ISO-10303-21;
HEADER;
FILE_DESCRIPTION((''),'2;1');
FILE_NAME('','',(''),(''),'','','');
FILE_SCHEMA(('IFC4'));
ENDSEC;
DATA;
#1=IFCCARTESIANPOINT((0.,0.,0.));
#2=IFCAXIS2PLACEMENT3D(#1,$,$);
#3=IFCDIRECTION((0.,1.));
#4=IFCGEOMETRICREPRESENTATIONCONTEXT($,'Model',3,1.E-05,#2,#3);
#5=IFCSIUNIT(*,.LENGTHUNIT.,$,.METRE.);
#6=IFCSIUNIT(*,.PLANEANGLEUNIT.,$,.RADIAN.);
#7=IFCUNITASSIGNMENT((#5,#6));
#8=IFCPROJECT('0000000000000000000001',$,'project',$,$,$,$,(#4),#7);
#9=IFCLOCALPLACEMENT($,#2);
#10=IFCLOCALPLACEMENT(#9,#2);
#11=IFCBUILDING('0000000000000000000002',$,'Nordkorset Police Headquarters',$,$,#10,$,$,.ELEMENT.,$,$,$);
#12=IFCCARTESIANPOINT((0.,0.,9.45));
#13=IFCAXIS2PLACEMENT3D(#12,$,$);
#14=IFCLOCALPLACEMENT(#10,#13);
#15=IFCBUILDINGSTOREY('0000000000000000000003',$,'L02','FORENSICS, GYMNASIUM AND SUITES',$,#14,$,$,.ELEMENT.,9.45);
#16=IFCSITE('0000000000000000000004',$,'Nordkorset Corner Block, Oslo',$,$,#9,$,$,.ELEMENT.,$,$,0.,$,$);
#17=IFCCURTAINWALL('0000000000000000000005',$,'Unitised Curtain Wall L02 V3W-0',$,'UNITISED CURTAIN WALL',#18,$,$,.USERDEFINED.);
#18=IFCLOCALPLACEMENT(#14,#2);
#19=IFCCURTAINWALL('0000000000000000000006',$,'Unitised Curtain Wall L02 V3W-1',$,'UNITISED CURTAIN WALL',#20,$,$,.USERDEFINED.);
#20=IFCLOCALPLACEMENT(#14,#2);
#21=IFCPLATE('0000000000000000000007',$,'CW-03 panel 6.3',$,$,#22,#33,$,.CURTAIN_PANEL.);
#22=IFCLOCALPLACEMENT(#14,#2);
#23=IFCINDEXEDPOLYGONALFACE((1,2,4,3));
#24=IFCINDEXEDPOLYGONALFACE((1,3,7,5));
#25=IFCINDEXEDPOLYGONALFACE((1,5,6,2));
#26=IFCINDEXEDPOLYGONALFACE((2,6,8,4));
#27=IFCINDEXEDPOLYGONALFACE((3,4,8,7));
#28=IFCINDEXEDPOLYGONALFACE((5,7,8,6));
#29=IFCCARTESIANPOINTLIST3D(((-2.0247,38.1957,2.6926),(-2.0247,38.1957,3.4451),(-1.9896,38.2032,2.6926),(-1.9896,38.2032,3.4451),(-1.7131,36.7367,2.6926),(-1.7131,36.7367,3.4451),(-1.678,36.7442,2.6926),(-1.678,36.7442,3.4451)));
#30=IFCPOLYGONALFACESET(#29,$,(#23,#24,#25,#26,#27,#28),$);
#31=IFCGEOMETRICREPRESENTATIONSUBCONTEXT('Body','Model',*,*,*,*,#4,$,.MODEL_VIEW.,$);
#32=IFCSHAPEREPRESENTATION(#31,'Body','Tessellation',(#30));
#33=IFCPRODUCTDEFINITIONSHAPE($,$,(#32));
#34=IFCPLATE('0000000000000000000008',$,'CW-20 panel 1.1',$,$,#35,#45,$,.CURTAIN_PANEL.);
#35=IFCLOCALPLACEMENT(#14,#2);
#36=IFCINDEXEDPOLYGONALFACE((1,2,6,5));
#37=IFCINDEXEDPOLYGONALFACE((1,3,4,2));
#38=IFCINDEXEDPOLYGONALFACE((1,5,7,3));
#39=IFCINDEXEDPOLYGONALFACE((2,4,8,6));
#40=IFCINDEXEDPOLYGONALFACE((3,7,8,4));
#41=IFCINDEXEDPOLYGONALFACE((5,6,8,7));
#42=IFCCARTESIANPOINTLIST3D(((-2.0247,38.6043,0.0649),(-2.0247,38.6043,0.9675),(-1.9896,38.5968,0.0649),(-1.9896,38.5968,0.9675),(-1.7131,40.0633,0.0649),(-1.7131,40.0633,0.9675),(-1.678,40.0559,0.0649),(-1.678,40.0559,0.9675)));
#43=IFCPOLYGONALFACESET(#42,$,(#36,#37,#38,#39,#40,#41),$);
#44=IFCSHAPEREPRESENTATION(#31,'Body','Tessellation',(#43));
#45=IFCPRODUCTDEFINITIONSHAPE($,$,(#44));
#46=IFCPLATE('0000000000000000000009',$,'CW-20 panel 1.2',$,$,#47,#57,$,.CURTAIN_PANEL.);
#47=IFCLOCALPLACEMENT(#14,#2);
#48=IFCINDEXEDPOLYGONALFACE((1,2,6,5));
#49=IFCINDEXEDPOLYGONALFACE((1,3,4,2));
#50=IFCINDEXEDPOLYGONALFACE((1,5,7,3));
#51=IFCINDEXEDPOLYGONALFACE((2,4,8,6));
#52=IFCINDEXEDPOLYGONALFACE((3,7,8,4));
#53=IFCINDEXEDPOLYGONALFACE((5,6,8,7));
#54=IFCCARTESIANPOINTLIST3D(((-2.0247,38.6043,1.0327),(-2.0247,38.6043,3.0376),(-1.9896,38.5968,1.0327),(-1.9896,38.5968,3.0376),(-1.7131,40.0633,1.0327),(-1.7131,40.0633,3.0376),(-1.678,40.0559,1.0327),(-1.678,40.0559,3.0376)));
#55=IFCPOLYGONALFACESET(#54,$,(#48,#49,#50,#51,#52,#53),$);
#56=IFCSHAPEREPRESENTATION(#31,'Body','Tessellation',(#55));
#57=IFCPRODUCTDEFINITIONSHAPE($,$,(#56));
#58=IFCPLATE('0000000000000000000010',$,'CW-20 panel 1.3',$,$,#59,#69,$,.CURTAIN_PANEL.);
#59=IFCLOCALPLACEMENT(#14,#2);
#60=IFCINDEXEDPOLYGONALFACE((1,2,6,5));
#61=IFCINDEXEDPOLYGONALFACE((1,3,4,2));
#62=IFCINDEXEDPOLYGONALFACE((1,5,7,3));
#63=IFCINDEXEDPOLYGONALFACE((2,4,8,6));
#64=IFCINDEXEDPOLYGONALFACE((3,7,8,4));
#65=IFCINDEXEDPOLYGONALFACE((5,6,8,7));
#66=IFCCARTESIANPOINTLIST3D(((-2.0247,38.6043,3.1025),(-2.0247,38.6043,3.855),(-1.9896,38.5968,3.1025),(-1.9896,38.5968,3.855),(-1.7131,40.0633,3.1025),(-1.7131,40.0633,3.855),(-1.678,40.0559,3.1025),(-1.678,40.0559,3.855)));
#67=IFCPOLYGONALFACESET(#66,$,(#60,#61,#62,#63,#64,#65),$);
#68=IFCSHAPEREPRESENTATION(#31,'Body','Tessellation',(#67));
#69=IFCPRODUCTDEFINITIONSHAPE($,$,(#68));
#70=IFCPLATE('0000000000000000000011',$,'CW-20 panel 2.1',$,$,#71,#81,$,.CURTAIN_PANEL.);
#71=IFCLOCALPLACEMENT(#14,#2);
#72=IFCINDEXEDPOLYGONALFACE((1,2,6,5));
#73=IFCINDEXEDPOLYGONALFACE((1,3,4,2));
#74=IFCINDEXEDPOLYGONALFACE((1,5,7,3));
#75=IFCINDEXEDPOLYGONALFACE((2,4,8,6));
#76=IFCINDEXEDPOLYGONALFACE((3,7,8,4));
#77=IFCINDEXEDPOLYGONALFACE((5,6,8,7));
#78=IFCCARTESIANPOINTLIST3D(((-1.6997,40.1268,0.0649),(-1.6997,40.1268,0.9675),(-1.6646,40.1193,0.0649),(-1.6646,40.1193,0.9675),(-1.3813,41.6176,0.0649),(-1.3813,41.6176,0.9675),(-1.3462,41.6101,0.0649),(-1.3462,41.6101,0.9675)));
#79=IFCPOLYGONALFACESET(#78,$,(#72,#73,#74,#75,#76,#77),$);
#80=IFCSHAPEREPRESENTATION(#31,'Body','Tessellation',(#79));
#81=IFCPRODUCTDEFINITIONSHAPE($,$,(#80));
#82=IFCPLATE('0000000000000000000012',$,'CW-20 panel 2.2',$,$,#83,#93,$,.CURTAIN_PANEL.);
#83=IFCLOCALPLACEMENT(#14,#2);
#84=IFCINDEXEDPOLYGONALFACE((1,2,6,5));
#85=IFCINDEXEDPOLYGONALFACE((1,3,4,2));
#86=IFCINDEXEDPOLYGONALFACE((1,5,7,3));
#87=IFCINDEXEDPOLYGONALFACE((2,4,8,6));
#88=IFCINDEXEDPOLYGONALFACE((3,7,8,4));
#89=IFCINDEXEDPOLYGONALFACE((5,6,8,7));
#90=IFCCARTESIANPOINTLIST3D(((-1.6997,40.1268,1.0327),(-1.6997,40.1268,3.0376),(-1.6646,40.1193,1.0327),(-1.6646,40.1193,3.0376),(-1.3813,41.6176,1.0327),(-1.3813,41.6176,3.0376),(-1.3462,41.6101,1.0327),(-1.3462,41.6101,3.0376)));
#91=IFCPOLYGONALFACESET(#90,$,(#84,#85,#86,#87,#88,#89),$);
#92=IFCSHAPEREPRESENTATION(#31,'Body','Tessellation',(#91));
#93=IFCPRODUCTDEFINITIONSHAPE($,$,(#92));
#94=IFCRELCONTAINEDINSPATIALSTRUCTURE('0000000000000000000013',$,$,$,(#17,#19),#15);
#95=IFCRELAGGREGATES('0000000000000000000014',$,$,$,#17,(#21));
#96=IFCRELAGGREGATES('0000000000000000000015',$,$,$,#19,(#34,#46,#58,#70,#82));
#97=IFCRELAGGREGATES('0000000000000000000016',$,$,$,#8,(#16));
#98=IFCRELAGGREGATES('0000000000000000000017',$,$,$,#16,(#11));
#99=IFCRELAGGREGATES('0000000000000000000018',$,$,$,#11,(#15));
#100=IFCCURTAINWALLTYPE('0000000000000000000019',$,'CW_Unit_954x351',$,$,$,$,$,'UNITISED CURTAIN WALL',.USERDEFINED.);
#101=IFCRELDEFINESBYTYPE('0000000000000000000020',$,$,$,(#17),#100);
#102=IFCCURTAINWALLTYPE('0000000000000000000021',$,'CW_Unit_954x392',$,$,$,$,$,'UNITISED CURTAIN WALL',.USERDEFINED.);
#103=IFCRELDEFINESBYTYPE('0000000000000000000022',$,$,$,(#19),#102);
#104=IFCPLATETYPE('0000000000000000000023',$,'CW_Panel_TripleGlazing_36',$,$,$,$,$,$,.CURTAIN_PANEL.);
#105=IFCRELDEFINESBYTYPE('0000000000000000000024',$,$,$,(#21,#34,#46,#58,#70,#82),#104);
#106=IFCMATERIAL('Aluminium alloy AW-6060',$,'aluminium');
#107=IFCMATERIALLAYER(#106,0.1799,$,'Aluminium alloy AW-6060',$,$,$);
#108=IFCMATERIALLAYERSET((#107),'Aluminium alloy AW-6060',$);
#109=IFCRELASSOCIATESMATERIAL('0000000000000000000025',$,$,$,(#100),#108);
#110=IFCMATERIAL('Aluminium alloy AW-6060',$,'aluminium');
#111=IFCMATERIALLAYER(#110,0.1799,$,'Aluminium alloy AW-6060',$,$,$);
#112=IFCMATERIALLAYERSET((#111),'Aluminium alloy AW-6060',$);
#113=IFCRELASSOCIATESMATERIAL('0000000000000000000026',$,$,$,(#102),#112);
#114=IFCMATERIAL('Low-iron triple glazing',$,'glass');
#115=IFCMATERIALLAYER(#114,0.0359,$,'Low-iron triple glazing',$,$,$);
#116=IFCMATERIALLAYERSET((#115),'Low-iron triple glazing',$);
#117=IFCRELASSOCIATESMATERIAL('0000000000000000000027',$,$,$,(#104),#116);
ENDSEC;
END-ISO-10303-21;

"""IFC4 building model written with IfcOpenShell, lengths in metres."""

from ifc_helpers import new_model, si_unit, direction, frame, origin, origin_2d, place, context, subcontext, project, spatial, rectangle, extrude, material, layer, layer_set, type_object, element, aggregate, save


model = new_model("IFC4")

# Units and contexts
model_context = context("Model", 3, precision=1e-05, world=origin(), true_north=direction((0.0, 1.0)))
body_context = subcontext(model_context, "Body", "Model", "MODEL_VIEW")
ifc_project = project(units=[si_unit("LENGTHUNIT", "METRE"), si_unit("PLANEANGLEUNIT", "RADIAN")], contexts=[model_context])

# Site, building, storey
site_placement = place(None, origin())
site = spatial("IfcSite", under=ifc_project, at=site_placement, Name="Nordkorset Corner Block, Oslo", CompositionType="ELEMENT", RefElevation=0.0)
building_placement = place(site_placement, origin())
building = spatial("IfcBuilding", under=site, at=building_placement, Name="Nordkorset Police Headquarters", CompositionType="ELEMENT")
storey_placement = place(building_placement, frame((0.0, 0.0, 9.45)))
storey = spatial("IfcBuildingStorey", under=building, at=storey_placement, Name="L02", Description="FORENSICS, GYMNASIUM AND SUITES", CompositionType="ELEMENT", Elevation=9.45)

# Curtain wall
ifc_material_1 = material(Name="Aluminium alloy AW-6060", Category="aluminium")
ifc_layer_1 = layer(ifc_material_1, 0.1799, Name="Aluminium alloy AW-6060")
ifc_layer_set_1 = layer_set([ifc_layer_1], Name="Aluminium alloy AW-6060")
curtain_wall_type_1 = type_object("IfcCurtainWallType", Name="CW_Unit_954x351", ElementType="UNITISED CURTAIN WALL", PredefinedType="USERDEFINED", material=ifc_layer_set_1)
curtain_wall_1_placement = place(storey_placement, origin())
curtain_wall_1 = element("IfcCurtainWall", 1, at=curtain_wall_1_placement, inside=storey, type_object=curtain_wall_type_1, Name="Unitised Curtain Wall L02 V3W-0", ObjectType="UNITISED CURTAIN WALL", PredefinedType="USERDEFINED")

# Curtain wall
ifc_material_2 = material(Name="Aluminium alloy AW-6060", Category="aluminium")
ifc_layer_2 = layer(ifc_material_2, 0.1799, Name="Aluminium alloy AW-6060")
ifc_layer_set_2 = layer_set([ifc_layer_2], Name="Aluminium alloy AW-6060")
curtain_wall_type_2 = type_object("IfcCurtainWallType", Name="CW_Unit_954x392", ElementType="UNITISED CURTAIN WALL", PredefinedType="USERDEFINED", material=ifc_layer_set_2)
curtain_wall_2_placement = place(storey_placement, origin())
curtain_wall_2 = element("IfcCurtainWall", 2, at=curtain_wall_2_placement, inside=storey, type_object=curtain_wall_type_2, Name="Unitised Curtain Wall L02 V3W-1", ObjectType="UNITISED CURTAIN WALL", PredefinedType="USERDEFINED")

# Plates
ifc_material_3 = material(Name="Low-iron triple glazing", Category="glass")
ifc_layer_3 = layer(ifc_material_3, 0.0359, Name="Low-iron triple glazing")
ifc_layer_set_3 = layer_set([ifc_layer_3], Name="Low-iron triple glazing")
plate_type = type_object("IfcPlateType", Name="CW_Panel_TripleGlazing_36", PredefinedType="CURTAIN_PANEL", material=ifc_layer_set_3)
plate_1_placement = place(storey_placement, frame((-1.8513, 37.47, 2.6926), z_axis=(0.0, 0.0, 1.0), x_axis=(-0.208833, 0.977951, 0.0)))
plate_1 = element("IfcPlate", 3, at=plate_1_placement, type_object=plate_type, Name="CW-03 panel 6.3", PredefinedType="CURTAIN_PANEL", context=body_context, shape_type="SweptSolid", body=[
    extrude(rectangle(XDim=1.4919, YDim=0.0359, at=origin_2d()), origin(), (0.0, 0.0, 1.0), 0.7524),
])
aggregate(curtain_wall_1, [plate_1])
plate_2_placement = place(storey_placement, frame((-1.8513, 39.3301, 0.0649), z_axis=(0.0, 0.0, 1.0), x_axis=(0.208833, 0.977951, 0.0)))
plate_2 = element("IfcPlate", 4, at=plate_2_placement, type_object=plate_type, Name="CW-20 panel 1.1", PredefinedType="CURTAIN_PANEL", context=body_context, shape_type="SweptSolid", body=[
    extrude(rectangle(XDim=1.4919, YDim=0.0359, at=origin_2d()), origin(), (0.0, 0.0, 1.0), 0.9026),
])
plate_3_placement = place(storey_placement, frame((-1.8513, 39.3301, 1.0327), z_axis=(0.0, 0.0, 1.0), x_axis=(0.208833, 0.977951, 0.0)))
plate_3 = element("IfcPlate", 5, at=plate_3_placement, type_object=plate_type, Name="CW-20 panel 1.2", PredefinedType="CURTAIN_PANEL", context=body_context, shape_type="SweptSolid", body=[
    extrude(rectangle(XDim=1.4919, YDim=0.0359, at=origin_2d()), origin(), (0.0, 0.0, 1.0), 2.0049),
])
plate_4_placement = place(storey_placement, frame((-1.8513, 39.3301, 3.1025), z_axis=(0.0, 0.0, 1.0), x_axis=(0.208833, 0.977951, 0.0)))
plate_4 = element("IfcPlate", 6, at=plate_4_placement, type_object=plate_type, Name="CW-20 panel 1.3", PredefinedType="CURTAIN_PANEL", context=body_context, shape_type="SweptSolid", body=[
    extrude(rectangle(XDim=1.4919, YDim=0.0359, at=origin_2d()), origin(), (0.0, 0.0, 1.0), 0.7524),
])
plate_5_placement = place(storey_placement, frame((-1.5229, 40.8684, 0.0649), z_axis=(0.0, 0.0, 1.0), x_axis=(0.208833, 0.977951, 0.0)))
plate_5 = element("IfcPlate", 7, at=plate_5_placement, type_object=plate_type, Name="CW-20 panel 2.1", PredefinedType="CURTAIN_PANEL", context=body_context, shape_type="SweptSolid", body=[
    extrude(rectangle(XDim=1.5244, YDim=0.0359, at=origin_2d()), origin(), (0.0, 0.0, 1.0), 0.9026),
])
plate_6_placement = place(storey_placement, frame((-1.5229, 40.8684, 1.0327), z_axis=(0.0, 0.0, 1.0), x_axis=(0.208833, 0.977951, 0.0)))
plate_6 = element("IfcPlate", 8, at=plate_6_placement, type_object=plate_type, Name="CW-20 panel 2.2", PredefinedType="CURTAIN_PANEL", context=body_context, shape_type="SweptSolid", body=[
    extrude(rectangle(XDim=1.5244, YDim=0.0359, at=origin_2d()), origin(), (0.0, 0.0, 1.0), 2.0049),
])
aggregate(curtain_wall_2, [plate_2, plate_3, plate_4, plate_5, plate_6])

save(model, "model.ifc")
